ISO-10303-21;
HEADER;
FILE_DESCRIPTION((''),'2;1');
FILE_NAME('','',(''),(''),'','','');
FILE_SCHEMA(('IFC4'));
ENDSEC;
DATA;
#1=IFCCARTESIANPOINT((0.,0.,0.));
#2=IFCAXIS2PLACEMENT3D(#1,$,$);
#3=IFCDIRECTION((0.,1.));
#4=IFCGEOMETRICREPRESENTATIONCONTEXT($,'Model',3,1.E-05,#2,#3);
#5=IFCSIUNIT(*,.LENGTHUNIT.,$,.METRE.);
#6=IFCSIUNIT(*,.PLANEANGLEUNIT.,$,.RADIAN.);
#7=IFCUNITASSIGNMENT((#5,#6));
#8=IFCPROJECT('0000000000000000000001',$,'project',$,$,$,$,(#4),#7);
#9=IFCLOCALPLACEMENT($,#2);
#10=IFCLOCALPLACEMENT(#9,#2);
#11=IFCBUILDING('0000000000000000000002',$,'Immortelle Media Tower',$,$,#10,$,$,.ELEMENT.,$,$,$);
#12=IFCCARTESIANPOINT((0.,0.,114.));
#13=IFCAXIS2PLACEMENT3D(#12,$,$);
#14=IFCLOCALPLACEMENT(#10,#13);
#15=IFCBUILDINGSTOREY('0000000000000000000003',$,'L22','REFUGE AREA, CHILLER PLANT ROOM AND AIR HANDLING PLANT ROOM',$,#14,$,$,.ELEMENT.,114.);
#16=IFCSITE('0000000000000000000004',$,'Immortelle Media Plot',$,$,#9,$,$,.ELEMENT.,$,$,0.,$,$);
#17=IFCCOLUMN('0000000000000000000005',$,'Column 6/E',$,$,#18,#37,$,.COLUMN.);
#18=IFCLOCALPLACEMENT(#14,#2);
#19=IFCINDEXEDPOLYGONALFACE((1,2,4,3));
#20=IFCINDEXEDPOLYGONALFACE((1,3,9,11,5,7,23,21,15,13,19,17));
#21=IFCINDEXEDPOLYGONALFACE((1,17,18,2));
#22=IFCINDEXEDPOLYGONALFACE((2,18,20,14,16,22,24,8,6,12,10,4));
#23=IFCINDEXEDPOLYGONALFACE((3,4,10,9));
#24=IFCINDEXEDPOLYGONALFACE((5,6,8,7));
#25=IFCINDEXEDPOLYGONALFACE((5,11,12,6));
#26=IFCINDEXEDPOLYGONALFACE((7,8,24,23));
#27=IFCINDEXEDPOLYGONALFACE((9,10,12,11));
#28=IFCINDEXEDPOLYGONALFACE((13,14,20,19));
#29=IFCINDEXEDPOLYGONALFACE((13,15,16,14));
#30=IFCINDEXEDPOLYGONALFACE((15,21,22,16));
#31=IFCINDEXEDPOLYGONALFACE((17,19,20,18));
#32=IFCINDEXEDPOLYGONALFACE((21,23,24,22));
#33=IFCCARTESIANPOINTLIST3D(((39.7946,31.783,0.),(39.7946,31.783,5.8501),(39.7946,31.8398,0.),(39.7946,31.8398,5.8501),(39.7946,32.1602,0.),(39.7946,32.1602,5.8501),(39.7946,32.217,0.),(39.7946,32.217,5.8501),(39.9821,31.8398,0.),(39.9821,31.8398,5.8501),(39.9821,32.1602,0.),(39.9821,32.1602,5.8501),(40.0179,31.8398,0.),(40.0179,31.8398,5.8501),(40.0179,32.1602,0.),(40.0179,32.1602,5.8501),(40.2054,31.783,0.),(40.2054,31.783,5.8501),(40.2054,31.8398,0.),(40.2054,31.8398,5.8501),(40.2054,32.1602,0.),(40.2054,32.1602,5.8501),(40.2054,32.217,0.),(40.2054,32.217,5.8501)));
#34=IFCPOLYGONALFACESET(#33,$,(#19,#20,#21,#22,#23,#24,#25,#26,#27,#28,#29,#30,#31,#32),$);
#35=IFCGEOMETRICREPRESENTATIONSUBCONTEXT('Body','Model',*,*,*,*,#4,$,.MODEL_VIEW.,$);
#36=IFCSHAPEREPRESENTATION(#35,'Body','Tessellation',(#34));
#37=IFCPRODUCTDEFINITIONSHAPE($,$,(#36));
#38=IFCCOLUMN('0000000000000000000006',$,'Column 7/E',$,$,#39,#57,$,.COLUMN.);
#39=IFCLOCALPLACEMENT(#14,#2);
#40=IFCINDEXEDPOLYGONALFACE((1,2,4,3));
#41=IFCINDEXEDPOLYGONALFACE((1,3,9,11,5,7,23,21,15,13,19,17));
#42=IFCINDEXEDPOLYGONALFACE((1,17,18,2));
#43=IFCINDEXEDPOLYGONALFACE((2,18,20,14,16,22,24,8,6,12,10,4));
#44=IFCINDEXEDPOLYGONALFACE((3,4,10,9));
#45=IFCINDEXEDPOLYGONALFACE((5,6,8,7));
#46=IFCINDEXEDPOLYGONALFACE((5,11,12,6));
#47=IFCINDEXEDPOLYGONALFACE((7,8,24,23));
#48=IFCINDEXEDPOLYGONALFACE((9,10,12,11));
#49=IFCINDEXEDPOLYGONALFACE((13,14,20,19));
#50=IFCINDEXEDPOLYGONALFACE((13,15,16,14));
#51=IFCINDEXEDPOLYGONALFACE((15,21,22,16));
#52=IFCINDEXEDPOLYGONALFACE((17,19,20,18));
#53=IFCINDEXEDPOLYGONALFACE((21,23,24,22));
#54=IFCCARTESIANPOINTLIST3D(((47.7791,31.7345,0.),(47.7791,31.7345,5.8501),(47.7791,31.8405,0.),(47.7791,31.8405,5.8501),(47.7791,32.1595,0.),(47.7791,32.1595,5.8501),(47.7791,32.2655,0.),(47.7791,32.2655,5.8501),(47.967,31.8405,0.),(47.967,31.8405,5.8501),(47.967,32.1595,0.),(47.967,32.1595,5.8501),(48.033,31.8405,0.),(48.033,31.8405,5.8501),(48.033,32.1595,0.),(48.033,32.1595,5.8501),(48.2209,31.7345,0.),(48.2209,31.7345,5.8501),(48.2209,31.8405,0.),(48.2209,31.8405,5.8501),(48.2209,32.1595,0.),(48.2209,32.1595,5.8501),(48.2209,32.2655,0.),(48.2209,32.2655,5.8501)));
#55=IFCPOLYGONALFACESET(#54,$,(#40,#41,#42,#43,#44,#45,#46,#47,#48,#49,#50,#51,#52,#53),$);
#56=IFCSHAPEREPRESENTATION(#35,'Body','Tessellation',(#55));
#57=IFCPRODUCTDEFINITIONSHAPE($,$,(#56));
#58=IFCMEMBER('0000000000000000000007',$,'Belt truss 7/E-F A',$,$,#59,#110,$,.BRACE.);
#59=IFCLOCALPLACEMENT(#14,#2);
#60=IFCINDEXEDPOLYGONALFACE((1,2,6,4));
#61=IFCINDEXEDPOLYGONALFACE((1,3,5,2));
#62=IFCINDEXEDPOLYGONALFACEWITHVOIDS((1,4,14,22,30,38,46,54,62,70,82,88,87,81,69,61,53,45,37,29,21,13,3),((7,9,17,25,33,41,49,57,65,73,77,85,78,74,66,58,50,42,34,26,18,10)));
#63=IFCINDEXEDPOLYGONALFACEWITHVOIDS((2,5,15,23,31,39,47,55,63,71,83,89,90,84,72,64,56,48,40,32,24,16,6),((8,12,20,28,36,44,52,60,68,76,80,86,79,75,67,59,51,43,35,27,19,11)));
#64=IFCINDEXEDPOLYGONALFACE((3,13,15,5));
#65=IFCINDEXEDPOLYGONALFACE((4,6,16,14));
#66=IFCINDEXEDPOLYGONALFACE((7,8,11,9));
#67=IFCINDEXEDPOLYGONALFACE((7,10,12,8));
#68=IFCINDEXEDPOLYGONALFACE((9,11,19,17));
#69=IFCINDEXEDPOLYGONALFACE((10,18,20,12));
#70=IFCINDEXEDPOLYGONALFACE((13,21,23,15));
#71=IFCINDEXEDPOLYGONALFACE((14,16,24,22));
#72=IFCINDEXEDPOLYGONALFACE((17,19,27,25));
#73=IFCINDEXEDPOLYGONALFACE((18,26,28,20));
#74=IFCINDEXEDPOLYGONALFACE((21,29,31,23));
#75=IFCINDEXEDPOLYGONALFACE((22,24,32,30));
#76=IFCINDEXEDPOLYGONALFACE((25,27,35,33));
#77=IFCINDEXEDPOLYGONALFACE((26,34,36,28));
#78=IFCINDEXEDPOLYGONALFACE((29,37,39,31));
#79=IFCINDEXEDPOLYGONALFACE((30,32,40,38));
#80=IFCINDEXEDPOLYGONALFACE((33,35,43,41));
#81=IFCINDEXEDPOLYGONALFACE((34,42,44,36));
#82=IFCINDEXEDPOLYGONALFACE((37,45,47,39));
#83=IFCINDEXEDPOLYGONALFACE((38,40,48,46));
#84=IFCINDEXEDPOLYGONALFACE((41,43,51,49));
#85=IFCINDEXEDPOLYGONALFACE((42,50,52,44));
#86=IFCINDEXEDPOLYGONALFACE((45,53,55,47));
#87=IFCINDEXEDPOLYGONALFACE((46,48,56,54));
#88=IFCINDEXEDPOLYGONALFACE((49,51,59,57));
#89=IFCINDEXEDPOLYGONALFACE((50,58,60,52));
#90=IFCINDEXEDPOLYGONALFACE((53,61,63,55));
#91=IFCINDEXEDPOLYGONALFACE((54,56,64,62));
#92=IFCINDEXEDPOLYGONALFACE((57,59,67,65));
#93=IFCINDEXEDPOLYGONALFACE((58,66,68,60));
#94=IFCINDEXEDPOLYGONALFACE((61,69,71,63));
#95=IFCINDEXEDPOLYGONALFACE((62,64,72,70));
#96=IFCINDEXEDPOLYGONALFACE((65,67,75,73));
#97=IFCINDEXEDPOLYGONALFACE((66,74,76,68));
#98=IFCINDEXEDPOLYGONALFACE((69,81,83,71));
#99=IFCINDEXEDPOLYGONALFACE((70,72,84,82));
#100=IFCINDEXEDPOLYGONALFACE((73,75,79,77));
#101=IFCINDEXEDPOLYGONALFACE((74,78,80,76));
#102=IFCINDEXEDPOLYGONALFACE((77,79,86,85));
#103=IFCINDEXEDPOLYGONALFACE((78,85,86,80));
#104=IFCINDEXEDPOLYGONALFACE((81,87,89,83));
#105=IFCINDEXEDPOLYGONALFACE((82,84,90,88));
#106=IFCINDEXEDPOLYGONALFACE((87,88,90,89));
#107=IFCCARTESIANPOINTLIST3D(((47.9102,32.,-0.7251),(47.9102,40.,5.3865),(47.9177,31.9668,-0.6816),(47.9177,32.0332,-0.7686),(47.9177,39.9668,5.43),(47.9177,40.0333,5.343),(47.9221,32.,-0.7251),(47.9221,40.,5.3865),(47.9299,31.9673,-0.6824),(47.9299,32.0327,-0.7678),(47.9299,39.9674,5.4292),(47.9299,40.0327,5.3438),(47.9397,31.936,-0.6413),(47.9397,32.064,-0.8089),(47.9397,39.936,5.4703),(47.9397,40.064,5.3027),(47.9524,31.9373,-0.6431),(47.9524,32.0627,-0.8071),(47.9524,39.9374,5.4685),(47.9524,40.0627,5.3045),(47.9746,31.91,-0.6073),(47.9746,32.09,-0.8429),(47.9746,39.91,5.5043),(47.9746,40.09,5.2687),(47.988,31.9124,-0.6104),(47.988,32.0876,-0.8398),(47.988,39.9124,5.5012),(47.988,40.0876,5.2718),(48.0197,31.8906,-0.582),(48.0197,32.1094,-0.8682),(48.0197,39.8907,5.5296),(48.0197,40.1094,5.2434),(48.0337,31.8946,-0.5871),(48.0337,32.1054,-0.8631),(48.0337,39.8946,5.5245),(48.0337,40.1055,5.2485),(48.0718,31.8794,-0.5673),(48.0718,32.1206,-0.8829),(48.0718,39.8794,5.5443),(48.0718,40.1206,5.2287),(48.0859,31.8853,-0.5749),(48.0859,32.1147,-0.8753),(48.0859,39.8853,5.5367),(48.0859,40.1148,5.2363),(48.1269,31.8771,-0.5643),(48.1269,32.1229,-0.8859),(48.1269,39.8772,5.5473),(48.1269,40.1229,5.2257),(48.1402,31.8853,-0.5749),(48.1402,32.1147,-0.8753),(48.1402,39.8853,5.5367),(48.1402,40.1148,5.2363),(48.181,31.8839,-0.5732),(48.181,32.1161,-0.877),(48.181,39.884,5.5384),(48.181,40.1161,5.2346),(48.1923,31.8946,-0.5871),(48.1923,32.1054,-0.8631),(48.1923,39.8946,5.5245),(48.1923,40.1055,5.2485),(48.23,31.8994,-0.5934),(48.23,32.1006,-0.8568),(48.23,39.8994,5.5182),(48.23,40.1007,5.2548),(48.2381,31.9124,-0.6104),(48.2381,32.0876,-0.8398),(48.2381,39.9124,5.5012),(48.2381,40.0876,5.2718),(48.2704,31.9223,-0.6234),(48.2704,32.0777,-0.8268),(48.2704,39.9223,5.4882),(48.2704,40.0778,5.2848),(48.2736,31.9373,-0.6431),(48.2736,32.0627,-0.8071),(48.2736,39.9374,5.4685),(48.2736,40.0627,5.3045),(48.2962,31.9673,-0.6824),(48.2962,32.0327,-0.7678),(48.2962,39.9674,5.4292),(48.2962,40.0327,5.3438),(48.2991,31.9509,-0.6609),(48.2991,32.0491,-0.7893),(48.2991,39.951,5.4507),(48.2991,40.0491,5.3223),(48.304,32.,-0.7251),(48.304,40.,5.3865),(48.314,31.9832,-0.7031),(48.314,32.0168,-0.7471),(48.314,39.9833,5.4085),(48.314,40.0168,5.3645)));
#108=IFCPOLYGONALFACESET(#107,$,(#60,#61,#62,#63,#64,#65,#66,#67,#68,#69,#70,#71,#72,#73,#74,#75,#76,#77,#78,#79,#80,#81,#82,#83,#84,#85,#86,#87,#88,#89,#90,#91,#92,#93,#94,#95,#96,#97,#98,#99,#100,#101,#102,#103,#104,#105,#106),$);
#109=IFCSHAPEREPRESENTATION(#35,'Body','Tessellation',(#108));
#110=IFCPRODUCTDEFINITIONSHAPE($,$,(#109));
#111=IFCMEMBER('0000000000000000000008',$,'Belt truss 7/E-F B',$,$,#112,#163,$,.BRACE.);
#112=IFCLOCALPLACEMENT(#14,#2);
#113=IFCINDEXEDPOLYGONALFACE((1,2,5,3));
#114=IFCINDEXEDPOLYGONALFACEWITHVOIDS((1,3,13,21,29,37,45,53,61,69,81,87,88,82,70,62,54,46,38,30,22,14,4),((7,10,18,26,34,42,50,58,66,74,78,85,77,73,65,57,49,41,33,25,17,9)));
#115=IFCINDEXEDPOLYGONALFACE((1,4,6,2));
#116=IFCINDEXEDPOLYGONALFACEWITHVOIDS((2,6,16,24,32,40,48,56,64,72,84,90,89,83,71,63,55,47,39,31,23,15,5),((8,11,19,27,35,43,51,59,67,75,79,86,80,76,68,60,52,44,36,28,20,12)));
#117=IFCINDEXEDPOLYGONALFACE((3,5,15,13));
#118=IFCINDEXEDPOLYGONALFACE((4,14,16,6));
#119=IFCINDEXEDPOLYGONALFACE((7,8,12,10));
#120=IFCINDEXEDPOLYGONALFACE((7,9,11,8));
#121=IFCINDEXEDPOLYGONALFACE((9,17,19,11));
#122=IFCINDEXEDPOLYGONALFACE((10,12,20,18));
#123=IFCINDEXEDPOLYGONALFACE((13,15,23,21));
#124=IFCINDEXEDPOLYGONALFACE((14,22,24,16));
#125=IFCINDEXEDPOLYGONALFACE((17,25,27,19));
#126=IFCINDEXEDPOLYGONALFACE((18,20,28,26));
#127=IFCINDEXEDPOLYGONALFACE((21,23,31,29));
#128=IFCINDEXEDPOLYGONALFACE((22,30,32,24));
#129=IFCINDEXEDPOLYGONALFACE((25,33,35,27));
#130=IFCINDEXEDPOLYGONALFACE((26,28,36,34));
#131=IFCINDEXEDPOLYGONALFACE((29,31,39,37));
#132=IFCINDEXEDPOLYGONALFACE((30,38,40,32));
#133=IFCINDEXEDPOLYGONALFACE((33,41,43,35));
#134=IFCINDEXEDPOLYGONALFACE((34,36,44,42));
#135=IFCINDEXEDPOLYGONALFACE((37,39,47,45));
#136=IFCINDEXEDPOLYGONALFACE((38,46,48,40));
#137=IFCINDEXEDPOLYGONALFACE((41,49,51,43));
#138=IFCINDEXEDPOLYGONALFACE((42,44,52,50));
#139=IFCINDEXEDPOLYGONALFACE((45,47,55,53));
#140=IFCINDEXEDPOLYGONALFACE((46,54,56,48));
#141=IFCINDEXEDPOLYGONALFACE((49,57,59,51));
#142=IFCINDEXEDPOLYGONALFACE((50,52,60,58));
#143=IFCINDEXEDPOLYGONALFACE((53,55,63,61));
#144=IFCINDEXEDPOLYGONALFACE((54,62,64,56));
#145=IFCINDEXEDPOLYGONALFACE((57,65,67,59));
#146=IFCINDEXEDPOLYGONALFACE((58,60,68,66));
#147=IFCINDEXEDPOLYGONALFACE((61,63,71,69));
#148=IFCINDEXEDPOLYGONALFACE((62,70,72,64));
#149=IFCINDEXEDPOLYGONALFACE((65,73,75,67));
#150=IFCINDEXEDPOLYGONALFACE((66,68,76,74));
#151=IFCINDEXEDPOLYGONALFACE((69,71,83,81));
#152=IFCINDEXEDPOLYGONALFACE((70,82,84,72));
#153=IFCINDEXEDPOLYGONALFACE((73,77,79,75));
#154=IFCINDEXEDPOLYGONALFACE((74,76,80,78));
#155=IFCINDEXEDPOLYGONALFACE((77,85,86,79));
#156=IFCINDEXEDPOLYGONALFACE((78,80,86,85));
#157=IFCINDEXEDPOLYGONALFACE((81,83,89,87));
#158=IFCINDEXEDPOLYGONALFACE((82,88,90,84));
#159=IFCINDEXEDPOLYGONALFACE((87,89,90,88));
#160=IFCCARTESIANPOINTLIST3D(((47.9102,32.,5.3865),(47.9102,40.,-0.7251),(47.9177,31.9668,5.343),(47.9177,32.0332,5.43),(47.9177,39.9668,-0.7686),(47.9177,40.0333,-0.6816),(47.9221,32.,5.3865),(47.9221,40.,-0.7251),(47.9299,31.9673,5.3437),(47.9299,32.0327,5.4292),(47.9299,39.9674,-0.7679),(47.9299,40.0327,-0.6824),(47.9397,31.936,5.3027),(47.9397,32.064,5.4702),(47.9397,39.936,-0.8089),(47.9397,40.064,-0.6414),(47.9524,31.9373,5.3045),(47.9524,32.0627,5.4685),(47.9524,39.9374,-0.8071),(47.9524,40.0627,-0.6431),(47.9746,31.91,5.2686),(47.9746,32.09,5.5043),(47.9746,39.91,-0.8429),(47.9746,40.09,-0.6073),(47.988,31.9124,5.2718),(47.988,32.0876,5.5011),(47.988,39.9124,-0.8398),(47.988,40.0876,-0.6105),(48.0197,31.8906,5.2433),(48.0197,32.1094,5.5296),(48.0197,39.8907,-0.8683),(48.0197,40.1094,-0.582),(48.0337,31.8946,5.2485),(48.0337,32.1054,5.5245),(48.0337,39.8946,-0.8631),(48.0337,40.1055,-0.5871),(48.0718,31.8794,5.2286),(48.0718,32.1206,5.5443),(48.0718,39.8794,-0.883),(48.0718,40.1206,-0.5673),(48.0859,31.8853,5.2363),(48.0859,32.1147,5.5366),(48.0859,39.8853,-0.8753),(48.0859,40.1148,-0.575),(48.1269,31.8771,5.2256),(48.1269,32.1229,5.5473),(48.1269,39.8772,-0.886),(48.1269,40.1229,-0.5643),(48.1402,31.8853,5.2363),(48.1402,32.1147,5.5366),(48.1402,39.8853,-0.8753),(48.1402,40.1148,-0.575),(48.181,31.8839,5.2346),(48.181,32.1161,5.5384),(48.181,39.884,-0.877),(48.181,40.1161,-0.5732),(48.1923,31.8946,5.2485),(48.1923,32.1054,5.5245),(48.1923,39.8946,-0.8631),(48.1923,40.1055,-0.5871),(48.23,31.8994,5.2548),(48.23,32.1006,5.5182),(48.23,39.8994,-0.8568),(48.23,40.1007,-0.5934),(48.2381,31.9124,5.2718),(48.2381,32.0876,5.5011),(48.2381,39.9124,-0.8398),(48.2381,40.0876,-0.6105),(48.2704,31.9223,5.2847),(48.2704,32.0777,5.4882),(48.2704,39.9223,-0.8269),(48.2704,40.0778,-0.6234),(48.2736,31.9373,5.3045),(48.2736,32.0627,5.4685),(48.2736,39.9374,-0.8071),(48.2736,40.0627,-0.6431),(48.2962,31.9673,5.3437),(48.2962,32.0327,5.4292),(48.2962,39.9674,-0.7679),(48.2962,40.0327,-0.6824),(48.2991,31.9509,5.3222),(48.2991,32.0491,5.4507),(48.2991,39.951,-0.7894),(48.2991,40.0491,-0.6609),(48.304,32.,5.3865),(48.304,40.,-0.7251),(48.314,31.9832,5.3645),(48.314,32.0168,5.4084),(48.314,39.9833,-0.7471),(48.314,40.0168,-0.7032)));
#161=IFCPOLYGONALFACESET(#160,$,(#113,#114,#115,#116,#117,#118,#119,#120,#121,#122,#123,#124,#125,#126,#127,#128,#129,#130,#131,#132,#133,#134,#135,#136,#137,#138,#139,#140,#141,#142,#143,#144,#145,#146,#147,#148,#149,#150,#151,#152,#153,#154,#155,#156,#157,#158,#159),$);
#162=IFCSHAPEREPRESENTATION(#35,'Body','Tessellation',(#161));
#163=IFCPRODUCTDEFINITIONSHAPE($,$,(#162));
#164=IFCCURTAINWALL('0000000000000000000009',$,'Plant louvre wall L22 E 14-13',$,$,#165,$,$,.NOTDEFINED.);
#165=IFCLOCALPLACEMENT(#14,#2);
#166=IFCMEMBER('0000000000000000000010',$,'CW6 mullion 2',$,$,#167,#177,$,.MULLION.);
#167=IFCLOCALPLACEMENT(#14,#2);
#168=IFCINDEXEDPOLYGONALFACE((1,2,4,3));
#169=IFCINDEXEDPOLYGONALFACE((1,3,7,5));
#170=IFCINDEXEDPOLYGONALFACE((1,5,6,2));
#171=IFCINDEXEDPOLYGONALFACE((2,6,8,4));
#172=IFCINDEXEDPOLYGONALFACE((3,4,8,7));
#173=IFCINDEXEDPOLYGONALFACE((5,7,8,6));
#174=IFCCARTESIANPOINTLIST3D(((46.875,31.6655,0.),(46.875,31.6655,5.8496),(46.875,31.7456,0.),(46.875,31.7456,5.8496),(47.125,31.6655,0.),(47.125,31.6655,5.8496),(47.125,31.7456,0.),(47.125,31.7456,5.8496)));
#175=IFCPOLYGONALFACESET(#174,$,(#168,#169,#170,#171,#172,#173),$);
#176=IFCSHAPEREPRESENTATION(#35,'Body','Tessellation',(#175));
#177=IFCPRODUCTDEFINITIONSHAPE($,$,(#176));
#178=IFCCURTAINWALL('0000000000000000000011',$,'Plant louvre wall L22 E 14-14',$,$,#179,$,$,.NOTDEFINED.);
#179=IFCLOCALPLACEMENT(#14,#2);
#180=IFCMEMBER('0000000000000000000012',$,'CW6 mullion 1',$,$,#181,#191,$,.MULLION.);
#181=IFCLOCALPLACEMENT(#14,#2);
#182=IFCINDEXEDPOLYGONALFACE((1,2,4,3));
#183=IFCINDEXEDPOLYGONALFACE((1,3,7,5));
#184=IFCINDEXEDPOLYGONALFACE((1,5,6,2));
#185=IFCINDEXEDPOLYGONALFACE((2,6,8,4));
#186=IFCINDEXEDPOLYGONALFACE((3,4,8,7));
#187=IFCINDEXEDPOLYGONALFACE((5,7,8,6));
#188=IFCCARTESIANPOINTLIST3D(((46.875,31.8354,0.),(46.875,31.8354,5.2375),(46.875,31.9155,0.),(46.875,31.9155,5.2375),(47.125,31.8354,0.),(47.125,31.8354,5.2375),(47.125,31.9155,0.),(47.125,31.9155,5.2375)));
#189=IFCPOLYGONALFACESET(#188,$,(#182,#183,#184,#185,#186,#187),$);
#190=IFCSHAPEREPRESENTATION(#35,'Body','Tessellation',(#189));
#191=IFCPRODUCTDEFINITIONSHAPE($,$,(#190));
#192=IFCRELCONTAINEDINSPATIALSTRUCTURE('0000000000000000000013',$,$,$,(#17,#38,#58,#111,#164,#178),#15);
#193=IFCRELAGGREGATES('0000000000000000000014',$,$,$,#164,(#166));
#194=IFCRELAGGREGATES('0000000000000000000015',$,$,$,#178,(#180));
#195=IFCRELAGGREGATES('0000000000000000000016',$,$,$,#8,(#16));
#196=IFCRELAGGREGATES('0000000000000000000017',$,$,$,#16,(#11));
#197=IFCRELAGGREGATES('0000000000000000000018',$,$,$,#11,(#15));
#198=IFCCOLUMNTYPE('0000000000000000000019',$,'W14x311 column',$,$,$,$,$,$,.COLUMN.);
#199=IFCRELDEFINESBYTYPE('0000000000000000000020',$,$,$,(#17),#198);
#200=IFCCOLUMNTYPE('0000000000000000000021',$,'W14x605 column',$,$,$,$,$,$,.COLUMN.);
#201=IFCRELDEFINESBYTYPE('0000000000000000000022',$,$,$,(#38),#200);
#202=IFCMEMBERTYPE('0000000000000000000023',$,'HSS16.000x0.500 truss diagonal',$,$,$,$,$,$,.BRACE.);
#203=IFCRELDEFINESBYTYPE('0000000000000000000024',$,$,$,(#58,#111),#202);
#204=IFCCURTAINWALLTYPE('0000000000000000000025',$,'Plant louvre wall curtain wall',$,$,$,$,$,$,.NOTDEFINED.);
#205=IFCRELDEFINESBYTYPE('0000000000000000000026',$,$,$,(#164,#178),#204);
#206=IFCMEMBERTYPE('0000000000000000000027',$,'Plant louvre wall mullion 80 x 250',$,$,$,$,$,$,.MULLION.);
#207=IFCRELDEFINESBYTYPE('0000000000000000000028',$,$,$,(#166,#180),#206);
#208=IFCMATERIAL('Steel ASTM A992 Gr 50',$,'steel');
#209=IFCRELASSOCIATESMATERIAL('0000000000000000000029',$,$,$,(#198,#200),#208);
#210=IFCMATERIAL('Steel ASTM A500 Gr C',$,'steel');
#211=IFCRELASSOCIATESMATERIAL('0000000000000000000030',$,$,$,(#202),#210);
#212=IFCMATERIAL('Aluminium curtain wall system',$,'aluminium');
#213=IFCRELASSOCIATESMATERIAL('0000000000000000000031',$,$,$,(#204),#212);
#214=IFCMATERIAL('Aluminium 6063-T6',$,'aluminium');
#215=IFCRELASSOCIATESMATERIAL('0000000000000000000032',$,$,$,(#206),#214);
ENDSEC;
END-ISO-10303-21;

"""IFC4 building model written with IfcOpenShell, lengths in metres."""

from ifc_helpers import new_model, si_unit, direction, frame, origin, origin_2d, place, context, subcontext, project, spatial, rectangle, hollow_circle, i_section, extrude, material, material_profile, profile_set, type_object, element, aggregate, save


model = new_model("IFC4")

# Units and contexts
model_context = context("Model", 3, precision=1e-05, world=origin(), true_north=direction((0.0, 1.0)))
body_context = subcontext(model_context, "Body", "Model", "MODEL_VIEW")
ifc_project = project(units=[si_unit("LENGTHUNIT", "METRE"), si_unit("PLANEANGLEUNIT", "RADIAN")], contexts=[model_context])

# Site, building, storey
site_placement = place(None, origin())
site = spatial("IfcSite", under=ifc_project, at=site_placement, Name="Immortelle Media Plot", CompositionType="ELEMENT", RefElevation=0.0)
building_placement = place(site_placement, origin())
building = spatial("IfcBuilding", under=site, at=building_placement, Name="Immortelle Media Tower", CompositionType="ELEMENT")
storey_placement = place(building_placement, frame((0.0, 0.0, 114.0)))
storey = spatial("IfcBuildingStorey", under=building, at=storey_placement, Name="L22", Description="REFUGE AREA, CHILLER PLANT ROOM AND AIR HANDLING PLANT ROOM", CompositionType="ELEMENT", Elevation=114.0)

# Columns
ifc_material_1 = material(Name="Steel ASTM A992 Gr 50", Category="steel")
ifc_material_profile_1 = material_profile(ifc_material_1, i_section(OverallWidth=0.4109, OverallDepth=0.4341, WebThickness=0.0359, FlangeThickness=0.0569, at=origin_2d()), Name="W14x311")
ifc_profile_set_1 = profile_set([ifc_material_profile_1], Name="Steel ASTM A992 Gr 50")
column_type_1 = type_object("IfcColumnType", Name="W14x311 column", PredefinedType="COLUMN", material=ifc_profile_set_1)
column_1_placement = place(storey_placement, frame((40.0, 32.0, 0.0), z_axis=(0.0, 0.0, 1.0), x_axis=(1.0, 0.0, 0.0)))
element("IfcColumn", 1, at=column_1_placement, inside=storey, type_object=column_type_1, Name="Column 6/E", PredefinedType="COLUMN", context=body_context, shape_type="SweptSolid", body=[
    extrude(i_section(OverallWidth=0.4109, OverallDepth=0.4341, WebThickness=0.0359, FlangeThickness=0.0569, at=origin_2d()), origin(), (0.0, 0.0, 1.0), 5.8501),
])
ifc_material_profile_2 = material_profile(ifc_material_1, i_section(OverallWidth=0.4419, OverallDepth=0.531, WebThickness=0.0659, FlangeThickness=0.106, at=origin_2d()), Name="W14x605")
ifc_profile_set_2 = profile_set([ifc_material_profile_2], Name="Steel ASTM A992 Gr 50")
column_type_2 = type_object("IfcColumnType", Name="W14x605 column", PredefinedType="COLUMN", material=ifc_profile_set_2)
column_2_placement = place(storey_placement, frame((48.0, 32.0, 0.0), z_axis=(0.0, 0.0, 1.0), x_axis=(1.0, 0.0, 0.0)))
element("IfcColumn", 2, at=column_2_placement, inside=storey, type_object=column_type_2, Name="Column 7/E", PredefinedType="COLUMN", context=body_context, shape_type="SweptSolid", body=[
    extrude(i_section(OverallWidth=0.4419, OverallDepth=0.531, WebThickness=0.0659, FlangeThickness=0.106, at=origin_2d()), origin(), (0.0, 0.0, 1.0), 5.8501),
])

# Members
ifc_material_2 = material(Name="Steel ASTM A500 Gr C", Category="steel")
ifc_material_profile_3 = material_profile(ifc_material_2, hollow_circle(Radius=0.2029, WallThickness=0.012, at=origin_2d()), Name="HSS16.000x0.500 truss diagonal")
ifc_profile_set_3 = profile_set([ifc_material_profile_3], Name="Steel ASTM A500 Gr C")
member_type_1 = type_object("IfcMemberType", Name="HSS16.000x0.500 truss diagonal", PredefinedType="BRACE", material=ifc_profile_set_3)
for number, where, z_axis, x_axis, name in (
    (3, (48.113, 32.0, -0.7251), (0.0, 0.794649, 0.607069), (-1.0, 0.0, 0.0), "Belt truss 7/E-F A"),
    (4, (48.113, 32.0, 5.3865), (0.0, 0.794649, -0.607069), (-1.0, 0.0, 0.0), "Belt truss 7/E-F B"),
):
    element("IfcMember", number, at=place(storey_placement, frame(where, z_axis=z_axis, x_axis=x_axis)), inside=storey, type_object=member_type_1, Name=name, PredefinedType="BRACE", context=body_context, shape_type="SweptSolid", body=[
        extrude(hollow_circle(Radius=0.2029, WallThickness=0.012, at=origin_2d()), origin(), (0.0, 0.0, 1.0), 10.0674),
    ])

# Curtain wall, member
ifc_material_3 = material(Name="Aluminium curtain wall system", Category="aluminium")
curtain_wall_type = type_object("IfcCurtainWallType", Name="Plant louvre wall curtain wall", PredefinedType="NOTDEFINED", material=ifc_material_3)
curtain_wall_1_placement = place(storey_placement, origin())
curtain_wall_1 = element("IfcCurtainWall", 5, at=curtain_wall_1_placement, inside=storey, type_object=curtain_wall_type, Name="Plant louvre wall L22 E 14-13", PredefinedType="NOTDEFINED")
ifc_material_4 = material(Name="Aluminium 6063-T6", Category="aluminium")
ifc_material_profile_4 = material_profile(ifc_material_4, rectangle(XDim=0.25, YDim=0.0801, at=origin_2d()), Name="AL 80x250")
ifc_profile_set_4 = profile_set([ifc_material_profile_4], Name="Aluminium 6063-T6")
member_type_2 = type_object("IfcMemberType", Name="Plant louvre wall mullion 80 x 250", PredefinedType="MULLION", material=ifc_profile_set_4)
member_1_placement = place(storey_placement, frame((47.0, 31.7056, 0.0), z_axis=(0.0, 0.0, 1.0), x_axis=(-1.0, 0.0, 0.0)))
member_1 = element("IfcMember", 6, at=member_1_placement, type_object=member_type_2, Name="CW6 mullion 2", PredefinedType="MULLION", context=body_context, shape_type="SweptSolid", body=[
    extrude(rectangle(XDim=0.25, YDim=0.0801, at=origin_2d()), origin(), (0.0, 0.0, 1.0), 5.8496),
])

# Curtain wall, member
curtain_wall_2_placement = place(storey_placement, origin())
curtain_wall_2 = element("IfcCurtainWall", 7, at=curtain_wall_2_placement, inside=storey, type_object=curtain_wall_type, Name="Plant louvre wall L22 E 14-14", PredefinedType="NOTDEFINED")
member_2_placement = place(storey_placement, frame((47.0, 31.8755, 0.0), z_axis=(0.0, 0.0, 1.0), x_axis=(-1.0, 0.0, 0.0)))
member_2 = element("IfcMember", 8, at=member_2_placement, type_object=member_type_2, Name="CW6 mullion 1", PredefinedType="MULLION", context=body_context, shape_type="SweptSolid", body=[
    extrude(rectangle(XDim=0.25, YDim=0.0801, at=origin_2d()), origin(), (0.0, 0.0, 1.0), 5.2375),
])

aggregate(curtain_wall_1, [member_1])
aggregate(curtain_wall_2, [member_2])

save(model, "model.ifc")
